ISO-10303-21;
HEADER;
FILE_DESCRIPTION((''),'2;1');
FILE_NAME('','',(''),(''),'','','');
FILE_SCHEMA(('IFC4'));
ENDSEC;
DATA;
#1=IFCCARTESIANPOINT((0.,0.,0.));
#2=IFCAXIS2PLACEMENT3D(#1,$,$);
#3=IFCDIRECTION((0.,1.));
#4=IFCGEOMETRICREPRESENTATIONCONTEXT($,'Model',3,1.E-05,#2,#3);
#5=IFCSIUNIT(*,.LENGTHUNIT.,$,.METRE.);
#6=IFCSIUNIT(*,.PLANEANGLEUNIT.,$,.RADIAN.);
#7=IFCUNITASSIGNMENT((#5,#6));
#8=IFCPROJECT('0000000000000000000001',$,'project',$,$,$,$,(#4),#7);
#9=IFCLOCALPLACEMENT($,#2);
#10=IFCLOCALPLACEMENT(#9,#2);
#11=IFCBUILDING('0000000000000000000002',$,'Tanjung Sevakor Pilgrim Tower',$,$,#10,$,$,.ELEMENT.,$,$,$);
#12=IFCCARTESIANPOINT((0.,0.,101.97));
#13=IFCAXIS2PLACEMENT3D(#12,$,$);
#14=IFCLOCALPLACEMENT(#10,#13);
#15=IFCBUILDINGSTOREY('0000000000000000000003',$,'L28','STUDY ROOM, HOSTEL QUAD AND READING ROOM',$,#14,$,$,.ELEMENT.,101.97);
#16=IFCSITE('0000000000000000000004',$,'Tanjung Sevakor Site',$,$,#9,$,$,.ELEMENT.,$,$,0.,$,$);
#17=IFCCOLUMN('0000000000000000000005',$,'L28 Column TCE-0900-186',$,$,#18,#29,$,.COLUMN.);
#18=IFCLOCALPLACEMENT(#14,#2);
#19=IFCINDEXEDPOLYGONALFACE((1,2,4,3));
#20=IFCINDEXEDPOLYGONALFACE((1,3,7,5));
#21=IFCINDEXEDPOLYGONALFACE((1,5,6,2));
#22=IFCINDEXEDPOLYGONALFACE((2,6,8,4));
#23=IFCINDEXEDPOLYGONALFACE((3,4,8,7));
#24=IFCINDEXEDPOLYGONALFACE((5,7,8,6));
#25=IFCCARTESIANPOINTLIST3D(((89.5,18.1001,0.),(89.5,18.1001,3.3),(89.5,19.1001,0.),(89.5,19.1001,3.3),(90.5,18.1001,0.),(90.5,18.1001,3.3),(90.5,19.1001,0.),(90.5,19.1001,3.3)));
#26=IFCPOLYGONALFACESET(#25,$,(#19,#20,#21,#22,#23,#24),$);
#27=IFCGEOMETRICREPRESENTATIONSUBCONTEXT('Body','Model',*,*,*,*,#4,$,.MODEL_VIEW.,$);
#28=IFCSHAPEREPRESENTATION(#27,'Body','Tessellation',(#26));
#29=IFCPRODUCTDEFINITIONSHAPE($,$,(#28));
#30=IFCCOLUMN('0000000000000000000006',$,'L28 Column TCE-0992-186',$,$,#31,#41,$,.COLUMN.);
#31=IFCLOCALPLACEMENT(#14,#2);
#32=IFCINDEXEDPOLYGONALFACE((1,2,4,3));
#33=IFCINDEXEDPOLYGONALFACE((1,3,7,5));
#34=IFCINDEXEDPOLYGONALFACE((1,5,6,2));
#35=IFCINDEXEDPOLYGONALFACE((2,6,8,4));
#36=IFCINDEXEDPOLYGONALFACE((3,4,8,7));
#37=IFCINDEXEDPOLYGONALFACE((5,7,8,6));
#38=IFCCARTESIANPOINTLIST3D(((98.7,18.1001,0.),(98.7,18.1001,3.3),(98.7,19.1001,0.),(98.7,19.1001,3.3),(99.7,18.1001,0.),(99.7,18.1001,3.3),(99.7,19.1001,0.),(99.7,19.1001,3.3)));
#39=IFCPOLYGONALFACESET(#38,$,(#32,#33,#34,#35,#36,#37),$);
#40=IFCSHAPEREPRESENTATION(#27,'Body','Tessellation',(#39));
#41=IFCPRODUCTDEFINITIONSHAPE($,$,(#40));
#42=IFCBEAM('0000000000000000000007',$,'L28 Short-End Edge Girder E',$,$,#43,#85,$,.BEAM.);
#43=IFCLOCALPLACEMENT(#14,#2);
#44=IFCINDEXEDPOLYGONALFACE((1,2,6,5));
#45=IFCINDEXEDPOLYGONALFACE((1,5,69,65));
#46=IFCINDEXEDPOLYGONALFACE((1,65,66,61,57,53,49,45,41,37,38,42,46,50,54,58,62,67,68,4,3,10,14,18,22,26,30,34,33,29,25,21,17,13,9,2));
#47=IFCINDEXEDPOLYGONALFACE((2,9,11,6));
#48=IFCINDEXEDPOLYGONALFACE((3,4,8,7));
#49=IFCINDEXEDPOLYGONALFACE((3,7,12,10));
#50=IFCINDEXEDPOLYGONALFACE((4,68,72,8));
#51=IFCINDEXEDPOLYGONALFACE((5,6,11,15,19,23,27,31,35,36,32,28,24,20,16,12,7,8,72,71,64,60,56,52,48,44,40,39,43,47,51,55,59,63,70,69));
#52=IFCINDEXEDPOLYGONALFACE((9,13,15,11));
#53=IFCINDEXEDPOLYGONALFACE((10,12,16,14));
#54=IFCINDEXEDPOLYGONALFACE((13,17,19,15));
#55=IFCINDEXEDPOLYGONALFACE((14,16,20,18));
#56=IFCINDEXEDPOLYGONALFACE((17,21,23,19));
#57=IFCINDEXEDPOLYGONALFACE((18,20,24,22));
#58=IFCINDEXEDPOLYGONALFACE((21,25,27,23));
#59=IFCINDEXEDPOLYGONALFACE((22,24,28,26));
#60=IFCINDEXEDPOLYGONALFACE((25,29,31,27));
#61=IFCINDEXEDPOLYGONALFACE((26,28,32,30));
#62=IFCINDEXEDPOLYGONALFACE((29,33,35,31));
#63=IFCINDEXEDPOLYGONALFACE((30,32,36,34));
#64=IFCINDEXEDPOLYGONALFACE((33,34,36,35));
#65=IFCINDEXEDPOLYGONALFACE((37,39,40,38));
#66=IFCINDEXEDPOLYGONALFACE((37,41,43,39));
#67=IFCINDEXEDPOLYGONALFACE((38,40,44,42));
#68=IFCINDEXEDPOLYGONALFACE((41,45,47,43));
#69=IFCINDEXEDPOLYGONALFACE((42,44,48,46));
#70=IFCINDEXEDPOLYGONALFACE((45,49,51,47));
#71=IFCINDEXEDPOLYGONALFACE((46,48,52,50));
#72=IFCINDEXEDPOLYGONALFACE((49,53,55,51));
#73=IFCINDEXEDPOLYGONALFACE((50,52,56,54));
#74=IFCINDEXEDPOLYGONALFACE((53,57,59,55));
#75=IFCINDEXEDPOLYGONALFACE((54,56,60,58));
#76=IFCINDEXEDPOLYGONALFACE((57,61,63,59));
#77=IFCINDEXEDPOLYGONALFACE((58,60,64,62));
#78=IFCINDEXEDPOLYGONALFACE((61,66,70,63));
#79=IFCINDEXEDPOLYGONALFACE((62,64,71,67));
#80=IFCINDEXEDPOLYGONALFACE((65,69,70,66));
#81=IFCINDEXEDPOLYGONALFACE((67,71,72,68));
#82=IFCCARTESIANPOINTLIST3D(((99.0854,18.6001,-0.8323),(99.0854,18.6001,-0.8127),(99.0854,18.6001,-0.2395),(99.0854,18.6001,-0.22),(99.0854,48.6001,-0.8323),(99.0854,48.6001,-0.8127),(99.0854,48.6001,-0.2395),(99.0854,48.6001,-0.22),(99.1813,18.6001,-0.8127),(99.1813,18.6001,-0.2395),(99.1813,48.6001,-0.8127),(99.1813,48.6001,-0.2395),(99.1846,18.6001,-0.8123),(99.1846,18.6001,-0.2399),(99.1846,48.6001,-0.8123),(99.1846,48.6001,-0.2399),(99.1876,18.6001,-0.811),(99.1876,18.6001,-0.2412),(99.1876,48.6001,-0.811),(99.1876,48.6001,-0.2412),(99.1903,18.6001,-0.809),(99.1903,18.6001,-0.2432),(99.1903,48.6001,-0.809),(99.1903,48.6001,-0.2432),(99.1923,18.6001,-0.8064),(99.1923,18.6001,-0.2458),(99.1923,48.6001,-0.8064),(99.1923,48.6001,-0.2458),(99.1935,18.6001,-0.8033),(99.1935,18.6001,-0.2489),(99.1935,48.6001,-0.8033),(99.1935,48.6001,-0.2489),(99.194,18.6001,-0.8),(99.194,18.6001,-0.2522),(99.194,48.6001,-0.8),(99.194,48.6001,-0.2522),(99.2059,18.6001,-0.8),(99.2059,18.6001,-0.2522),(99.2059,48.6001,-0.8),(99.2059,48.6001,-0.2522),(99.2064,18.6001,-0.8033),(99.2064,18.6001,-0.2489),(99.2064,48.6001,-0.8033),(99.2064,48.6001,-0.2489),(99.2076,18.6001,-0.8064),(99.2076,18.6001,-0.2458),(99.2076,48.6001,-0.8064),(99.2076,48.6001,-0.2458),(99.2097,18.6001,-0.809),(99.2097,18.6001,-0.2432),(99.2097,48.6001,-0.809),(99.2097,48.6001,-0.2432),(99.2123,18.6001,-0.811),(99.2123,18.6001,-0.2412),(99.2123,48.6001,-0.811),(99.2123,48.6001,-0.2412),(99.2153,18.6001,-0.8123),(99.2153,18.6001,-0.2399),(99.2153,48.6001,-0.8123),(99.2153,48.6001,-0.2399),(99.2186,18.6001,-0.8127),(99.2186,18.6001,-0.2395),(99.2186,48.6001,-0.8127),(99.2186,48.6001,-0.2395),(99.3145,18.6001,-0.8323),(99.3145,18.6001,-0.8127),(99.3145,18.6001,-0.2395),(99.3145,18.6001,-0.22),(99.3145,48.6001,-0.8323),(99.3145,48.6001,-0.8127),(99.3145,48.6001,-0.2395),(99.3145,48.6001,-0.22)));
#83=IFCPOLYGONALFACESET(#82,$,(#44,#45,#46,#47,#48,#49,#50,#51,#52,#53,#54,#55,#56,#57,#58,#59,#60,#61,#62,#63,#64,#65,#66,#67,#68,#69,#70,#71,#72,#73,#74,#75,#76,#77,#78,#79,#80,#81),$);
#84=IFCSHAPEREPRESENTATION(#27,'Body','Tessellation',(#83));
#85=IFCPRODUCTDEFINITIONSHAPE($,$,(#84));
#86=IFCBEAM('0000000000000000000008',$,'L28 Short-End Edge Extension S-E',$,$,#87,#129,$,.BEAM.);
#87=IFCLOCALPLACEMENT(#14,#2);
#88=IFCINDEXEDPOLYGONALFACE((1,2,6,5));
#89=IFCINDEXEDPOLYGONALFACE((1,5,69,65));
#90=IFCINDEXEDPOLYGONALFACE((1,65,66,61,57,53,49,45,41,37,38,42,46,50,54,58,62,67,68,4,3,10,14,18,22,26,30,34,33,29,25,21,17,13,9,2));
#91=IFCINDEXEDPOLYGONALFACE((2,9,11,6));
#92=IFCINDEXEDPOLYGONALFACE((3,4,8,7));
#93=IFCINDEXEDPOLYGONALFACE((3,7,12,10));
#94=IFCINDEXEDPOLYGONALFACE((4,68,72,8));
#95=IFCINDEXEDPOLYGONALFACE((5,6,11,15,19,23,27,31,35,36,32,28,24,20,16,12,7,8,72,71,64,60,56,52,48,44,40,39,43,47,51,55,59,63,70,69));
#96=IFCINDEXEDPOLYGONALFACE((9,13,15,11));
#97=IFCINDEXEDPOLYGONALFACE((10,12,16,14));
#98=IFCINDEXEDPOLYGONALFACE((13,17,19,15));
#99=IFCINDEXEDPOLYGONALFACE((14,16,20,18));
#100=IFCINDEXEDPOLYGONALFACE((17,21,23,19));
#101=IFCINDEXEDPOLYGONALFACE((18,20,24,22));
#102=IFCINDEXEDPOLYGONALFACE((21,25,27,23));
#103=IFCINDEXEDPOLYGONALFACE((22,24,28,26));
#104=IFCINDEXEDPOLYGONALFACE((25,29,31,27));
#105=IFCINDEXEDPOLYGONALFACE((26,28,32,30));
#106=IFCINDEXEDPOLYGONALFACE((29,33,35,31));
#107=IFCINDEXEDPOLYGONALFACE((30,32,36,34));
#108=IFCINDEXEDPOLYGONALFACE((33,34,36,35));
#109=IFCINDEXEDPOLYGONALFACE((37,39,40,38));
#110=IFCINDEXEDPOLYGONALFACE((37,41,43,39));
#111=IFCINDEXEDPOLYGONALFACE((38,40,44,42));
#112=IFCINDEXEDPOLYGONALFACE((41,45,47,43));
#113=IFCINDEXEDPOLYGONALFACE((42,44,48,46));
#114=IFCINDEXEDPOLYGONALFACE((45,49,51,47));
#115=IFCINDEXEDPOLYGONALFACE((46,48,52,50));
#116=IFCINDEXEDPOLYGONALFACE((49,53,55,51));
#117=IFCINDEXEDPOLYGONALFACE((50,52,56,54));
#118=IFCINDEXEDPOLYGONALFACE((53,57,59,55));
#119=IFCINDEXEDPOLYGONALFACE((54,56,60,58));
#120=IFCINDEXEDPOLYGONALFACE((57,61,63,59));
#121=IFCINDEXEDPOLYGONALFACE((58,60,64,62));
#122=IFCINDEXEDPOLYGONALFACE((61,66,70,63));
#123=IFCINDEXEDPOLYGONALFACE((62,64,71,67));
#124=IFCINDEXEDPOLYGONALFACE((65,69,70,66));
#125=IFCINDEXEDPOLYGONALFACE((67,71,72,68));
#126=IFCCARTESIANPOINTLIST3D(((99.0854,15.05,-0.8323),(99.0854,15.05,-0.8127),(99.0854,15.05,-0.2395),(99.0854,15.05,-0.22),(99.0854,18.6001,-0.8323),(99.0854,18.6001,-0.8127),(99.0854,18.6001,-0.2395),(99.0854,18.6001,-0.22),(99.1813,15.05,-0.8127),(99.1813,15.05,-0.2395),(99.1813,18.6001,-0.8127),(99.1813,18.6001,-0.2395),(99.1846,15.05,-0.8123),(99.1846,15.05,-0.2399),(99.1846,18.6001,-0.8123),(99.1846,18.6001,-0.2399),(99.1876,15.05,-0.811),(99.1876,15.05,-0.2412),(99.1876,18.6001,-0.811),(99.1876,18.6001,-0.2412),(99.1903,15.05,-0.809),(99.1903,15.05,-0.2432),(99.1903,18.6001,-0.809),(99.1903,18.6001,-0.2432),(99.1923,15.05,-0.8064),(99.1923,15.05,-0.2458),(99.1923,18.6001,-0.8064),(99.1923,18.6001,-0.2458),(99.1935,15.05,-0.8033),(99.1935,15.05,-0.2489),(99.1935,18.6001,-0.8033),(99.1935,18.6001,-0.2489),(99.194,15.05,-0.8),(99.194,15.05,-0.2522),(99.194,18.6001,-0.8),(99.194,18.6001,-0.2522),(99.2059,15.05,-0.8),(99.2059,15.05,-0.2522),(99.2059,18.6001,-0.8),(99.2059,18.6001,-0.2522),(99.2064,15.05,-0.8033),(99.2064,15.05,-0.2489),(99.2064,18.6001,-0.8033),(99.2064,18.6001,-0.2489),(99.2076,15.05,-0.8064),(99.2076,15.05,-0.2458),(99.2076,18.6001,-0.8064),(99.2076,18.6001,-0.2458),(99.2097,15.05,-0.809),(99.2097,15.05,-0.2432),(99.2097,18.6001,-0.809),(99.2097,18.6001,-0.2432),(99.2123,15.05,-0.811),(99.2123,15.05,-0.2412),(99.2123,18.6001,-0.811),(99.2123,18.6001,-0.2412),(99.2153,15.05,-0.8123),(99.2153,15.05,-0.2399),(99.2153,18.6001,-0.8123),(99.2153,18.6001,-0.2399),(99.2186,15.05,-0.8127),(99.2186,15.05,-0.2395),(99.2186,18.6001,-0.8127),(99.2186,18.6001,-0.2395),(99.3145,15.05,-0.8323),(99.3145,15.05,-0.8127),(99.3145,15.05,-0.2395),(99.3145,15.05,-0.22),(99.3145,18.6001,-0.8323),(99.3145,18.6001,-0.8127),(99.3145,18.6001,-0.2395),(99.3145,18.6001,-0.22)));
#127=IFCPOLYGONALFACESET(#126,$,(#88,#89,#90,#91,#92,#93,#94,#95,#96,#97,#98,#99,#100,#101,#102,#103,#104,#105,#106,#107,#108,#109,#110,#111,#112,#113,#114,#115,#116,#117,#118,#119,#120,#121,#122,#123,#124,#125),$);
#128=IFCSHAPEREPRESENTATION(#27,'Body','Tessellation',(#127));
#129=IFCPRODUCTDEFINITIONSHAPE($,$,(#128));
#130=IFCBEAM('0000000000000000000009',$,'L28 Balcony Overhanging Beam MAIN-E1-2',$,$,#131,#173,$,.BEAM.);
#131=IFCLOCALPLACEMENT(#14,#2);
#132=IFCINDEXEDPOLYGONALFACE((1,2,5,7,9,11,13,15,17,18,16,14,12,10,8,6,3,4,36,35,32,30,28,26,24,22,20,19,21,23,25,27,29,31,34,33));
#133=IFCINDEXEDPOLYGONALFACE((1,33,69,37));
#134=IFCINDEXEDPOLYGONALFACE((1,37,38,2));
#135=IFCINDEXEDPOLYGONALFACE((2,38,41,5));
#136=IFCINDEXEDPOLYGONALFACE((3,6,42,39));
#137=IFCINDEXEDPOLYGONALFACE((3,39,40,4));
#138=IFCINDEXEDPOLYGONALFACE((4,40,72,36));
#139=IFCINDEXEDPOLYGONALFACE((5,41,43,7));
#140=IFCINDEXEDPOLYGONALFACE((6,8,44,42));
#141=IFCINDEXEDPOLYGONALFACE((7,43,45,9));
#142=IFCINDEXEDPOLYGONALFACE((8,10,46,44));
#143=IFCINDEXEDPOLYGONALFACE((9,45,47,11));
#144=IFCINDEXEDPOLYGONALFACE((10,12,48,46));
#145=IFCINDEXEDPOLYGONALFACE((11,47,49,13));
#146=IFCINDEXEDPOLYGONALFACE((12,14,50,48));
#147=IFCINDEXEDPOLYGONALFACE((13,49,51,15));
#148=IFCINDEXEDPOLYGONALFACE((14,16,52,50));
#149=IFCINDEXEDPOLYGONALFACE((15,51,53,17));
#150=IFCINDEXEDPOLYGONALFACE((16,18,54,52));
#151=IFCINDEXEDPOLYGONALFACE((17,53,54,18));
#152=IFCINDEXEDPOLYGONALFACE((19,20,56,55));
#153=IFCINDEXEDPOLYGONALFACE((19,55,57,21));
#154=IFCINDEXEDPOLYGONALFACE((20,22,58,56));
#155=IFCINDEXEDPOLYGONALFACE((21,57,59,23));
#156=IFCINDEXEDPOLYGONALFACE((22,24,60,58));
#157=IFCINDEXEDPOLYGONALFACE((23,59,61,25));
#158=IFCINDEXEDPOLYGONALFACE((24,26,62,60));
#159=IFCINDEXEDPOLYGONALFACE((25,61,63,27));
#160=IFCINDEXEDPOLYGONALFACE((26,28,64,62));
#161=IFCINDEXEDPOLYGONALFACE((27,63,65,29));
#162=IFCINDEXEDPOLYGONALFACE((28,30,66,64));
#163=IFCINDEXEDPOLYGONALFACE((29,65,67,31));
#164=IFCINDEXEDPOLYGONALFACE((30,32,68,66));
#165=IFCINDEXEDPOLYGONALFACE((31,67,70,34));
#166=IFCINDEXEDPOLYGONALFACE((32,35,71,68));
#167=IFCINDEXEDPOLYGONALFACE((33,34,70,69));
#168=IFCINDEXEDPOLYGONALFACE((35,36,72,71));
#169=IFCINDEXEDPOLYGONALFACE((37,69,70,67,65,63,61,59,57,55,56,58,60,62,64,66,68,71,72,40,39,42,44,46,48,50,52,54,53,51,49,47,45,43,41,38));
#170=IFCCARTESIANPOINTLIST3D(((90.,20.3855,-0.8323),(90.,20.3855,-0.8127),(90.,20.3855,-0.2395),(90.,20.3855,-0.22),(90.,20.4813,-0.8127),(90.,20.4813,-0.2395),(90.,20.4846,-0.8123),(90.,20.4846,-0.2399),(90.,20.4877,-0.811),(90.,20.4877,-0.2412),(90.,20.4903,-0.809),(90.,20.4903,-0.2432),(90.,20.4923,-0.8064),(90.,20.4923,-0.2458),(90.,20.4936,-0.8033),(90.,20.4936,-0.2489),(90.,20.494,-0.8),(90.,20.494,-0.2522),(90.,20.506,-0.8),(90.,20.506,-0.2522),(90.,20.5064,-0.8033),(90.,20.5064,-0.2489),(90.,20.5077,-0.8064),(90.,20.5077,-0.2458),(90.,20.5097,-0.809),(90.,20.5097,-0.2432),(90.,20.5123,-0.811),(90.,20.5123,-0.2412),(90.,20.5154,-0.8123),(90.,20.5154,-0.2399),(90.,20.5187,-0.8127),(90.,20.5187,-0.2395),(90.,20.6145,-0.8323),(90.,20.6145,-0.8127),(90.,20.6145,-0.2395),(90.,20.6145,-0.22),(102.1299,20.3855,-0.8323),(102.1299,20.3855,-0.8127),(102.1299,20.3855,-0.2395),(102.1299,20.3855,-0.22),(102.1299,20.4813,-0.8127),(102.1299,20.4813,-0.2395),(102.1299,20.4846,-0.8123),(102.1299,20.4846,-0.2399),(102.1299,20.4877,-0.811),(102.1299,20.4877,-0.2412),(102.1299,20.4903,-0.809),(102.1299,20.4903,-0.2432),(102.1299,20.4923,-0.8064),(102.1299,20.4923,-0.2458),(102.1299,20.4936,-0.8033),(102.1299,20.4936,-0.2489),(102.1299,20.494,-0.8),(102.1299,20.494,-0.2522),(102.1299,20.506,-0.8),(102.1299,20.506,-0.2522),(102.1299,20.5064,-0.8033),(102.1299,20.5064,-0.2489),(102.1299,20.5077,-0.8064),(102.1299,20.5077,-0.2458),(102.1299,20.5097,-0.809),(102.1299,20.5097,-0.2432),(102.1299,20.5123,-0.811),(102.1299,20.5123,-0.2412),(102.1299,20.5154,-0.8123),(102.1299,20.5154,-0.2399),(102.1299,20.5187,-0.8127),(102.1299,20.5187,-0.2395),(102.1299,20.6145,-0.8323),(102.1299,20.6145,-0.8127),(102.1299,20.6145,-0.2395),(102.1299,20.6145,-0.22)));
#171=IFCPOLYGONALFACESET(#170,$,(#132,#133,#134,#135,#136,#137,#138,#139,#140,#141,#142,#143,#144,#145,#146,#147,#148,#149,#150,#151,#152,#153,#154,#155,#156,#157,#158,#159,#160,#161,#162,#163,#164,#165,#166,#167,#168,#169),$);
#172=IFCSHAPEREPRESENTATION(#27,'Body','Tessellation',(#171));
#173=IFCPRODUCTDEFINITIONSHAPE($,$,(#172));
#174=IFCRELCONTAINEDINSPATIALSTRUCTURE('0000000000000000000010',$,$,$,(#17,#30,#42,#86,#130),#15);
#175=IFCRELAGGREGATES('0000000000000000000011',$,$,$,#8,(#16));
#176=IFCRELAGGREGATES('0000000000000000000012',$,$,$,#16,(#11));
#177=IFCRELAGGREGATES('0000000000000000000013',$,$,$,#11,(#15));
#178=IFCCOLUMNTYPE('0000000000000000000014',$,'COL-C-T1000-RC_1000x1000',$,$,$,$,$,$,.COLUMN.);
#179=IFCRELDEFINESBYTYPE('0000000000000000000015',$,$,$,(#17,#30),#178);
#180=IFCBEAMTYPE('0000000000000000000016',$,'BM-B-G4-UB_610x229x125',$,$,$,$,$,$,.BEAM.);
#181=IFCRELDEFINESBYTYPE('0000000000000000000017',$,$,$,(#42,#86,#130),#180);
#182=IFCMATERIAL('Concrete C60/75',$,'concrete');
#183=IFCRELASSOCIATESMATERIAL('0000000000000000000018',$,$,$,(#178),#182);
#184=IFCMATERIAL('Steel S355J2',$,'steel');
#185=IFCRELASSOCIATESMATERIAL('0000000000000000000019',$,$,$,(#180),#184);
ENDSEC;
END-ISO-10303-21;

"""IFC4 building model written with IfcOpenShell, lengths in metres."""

from ifc_helpers import new_model, si_unit, direction, frame, origin, origin_2d, place, context, subcontext, project, spatial, rectangle, i_section, extrude, material, material_profile, profile_set, type_object, element, save


model = new_model("IFC4")

# Units and contexts
model_context = context("Model", 3, precision=1e-05, world=origin(), true_north=direction((0.0, 1.0)))
body_context = subcontext(model_context, "Body", "Model", "MODEL_VIEW")
ifc_project = project(units=[si_unit("LENGTHUNIT", "METRE"), si_unit("PLANEANGLEUNIT", "RADIAN")], contexts=[model_context])

# Site, building, storey
site_placement = place(None, origin())
site = spatial("IfcSite", under=ifc_project, at=site_placement, Name="Tanjung Sevakor Site", CompositionType="ELEMENT", RefElevation=0.0)
building_placement = place(site_placement, origin())
building = spatial("IfcBuilding", under=site, at=building_placement, Name="Tanjung Sevakor Pilgrim Tower", CompositionType="ELEMENT")
storey_placement = place(building_placement, frame((0.0, 0.0, 101.97)))
storey = spatial("IfcBuildingStorey", under=building, at=storey_placement, Name="L28", Description="STUDY ROOM, HOSTEL QUAD AND READING ROOM", CompositionType="ELEMENT", Elevation=101.97)

# Columns
ifc_material_1 = material(Name="Concrete C60/75", Category="concrete")
ifc_material_profile_1 = material_profile(ifc_material_1, rectangle(XDim=1.0, YDim=1.0, at=origin_2d()))
ifc_profile_set_1 = profile_set([ifc_material_profile_1], Name="Concrete C60/75")
column_type = type_object("IfcColumnType", Name="COL-C-T1000-RC_1000x1000", PredefinedType="COLUMN", material=ifc_profile_set_1)
for number, where, z_axis, x_axis, name in (
    (1, (90.0, 18.6001, 0.0), (0.0, 0.0, 1.0), (1.0, 0.0, 0.0), "L28 Column TCE-0900-186"),
    (2, (99.2, 18.6001, 0.0), (0.0, 0.0, 1.0), (1.0, 0.0, 0.0), "L28 Column TCE-0992-186"),
):
    element("IfcColumn", number, at=place(storey_placement, frame(where, z_axis=z_axis, x_axis=x_axis)), inside=storey, type_object=column_type, Name=name, PredefinedType="COLUMN", context=body_context, shape_type="SweptSolid", body=[
        extrude(rectangle(XDim=1.0, YDim=1.0, at=origin_2d()), origin(), (0.0, 0.0, 1.0), 3.3),
    ])

# Beams
ifc_material_2 = material(Name="Steel S355J2", Category="steel")
ifc_material_profile_2 = material_profile(ifc_material_2, i_section(OverallWidth=0.229, OverallDepth=0.6123, WebThickness=0.012, FlangeThickness=0.0195, FilletRadius=0.0127, at=origin_2d()))
ifc_profile_set_2 = profile_set([ifc_material_profile_2], Name="Steel S355J2")
beam_type_1 = type_object("IfcBeamType", Name="BM-B-G4-UB_610x229x125", PredefinedType="BEAM", material=ifc_profile_set_2)
beam_1_placement = place(storey_placement, frame((99.2, 18.6001, -0.5261), z_axis=(0.0, 1.0, 0.0), x_axis=(-1.0, 0.0, 0.0)))
element("IfcBeam", 3, at=beam_1_placement, inside=storey, type_object=beam_type_1, Name="L28 Short-End Edge Girder E", PredefinedType="BEAM", context=body_context, shape_type="SweptSolid", body=[
    extrude(i_section(OverallWidth=0.229, OverallDepth=0.6123, WebThickness=0.012, FlangeThickness=0.0195, FilletRadius=0.0127, at=origin_2d()), origin(), (0.0, 0.0, 1.0), 30.0),
])
beam_2_placement = place(storey_placement, frame((99.2, 18.6001, -0.5261), z_axis=(0.0, -1.0, 0.0), x_axis=(1.0, 0.0, 0.0)))
element("IfcBeam", 4, at=beam_2_placement, inside=storey, type_object=beam_type_1, Name="L28 Short-End Edge Extension S-E", PredefinedType="BEAM", context=body_context, shape_type="SweptSolid", body=[
    extrude(i_section(OverallWidth=0.229, OverallDepth=0.6123, WebThickness=0.012, FlangeThickness=0.0195, FilletRadius=0.0127, at=origin_2d()), origin(), (0.0, 0.0, 1.0), 3.55),
])
beam_3_placement = place(storey_placement, frame((90.0, 20.5, -0.5261), z_axis=(1.0, 0.0, 0.0), x_axis=(0.0, 1.0, 0.0)))
element("IfcBeam", 5, at=beam_3_placement, inside=storey, type_object=beam_type_1, Name="L28 Balcony Overhanging Beam MAIN-E1-2", PredefinedType="BEAM", context=body_context, shape_type="SweptSolid", body=[
    extrude(i_section(OverallWidth=0.229, OverallDepth=0.6123, WebThickness=0.012, FlangeThickness=0.0195, FilletRadius=0.0127, at=origin_2d()), origin(), (0.0, 0.0, 1.0), 12.1299),
])

save(model, "model.ifc")
